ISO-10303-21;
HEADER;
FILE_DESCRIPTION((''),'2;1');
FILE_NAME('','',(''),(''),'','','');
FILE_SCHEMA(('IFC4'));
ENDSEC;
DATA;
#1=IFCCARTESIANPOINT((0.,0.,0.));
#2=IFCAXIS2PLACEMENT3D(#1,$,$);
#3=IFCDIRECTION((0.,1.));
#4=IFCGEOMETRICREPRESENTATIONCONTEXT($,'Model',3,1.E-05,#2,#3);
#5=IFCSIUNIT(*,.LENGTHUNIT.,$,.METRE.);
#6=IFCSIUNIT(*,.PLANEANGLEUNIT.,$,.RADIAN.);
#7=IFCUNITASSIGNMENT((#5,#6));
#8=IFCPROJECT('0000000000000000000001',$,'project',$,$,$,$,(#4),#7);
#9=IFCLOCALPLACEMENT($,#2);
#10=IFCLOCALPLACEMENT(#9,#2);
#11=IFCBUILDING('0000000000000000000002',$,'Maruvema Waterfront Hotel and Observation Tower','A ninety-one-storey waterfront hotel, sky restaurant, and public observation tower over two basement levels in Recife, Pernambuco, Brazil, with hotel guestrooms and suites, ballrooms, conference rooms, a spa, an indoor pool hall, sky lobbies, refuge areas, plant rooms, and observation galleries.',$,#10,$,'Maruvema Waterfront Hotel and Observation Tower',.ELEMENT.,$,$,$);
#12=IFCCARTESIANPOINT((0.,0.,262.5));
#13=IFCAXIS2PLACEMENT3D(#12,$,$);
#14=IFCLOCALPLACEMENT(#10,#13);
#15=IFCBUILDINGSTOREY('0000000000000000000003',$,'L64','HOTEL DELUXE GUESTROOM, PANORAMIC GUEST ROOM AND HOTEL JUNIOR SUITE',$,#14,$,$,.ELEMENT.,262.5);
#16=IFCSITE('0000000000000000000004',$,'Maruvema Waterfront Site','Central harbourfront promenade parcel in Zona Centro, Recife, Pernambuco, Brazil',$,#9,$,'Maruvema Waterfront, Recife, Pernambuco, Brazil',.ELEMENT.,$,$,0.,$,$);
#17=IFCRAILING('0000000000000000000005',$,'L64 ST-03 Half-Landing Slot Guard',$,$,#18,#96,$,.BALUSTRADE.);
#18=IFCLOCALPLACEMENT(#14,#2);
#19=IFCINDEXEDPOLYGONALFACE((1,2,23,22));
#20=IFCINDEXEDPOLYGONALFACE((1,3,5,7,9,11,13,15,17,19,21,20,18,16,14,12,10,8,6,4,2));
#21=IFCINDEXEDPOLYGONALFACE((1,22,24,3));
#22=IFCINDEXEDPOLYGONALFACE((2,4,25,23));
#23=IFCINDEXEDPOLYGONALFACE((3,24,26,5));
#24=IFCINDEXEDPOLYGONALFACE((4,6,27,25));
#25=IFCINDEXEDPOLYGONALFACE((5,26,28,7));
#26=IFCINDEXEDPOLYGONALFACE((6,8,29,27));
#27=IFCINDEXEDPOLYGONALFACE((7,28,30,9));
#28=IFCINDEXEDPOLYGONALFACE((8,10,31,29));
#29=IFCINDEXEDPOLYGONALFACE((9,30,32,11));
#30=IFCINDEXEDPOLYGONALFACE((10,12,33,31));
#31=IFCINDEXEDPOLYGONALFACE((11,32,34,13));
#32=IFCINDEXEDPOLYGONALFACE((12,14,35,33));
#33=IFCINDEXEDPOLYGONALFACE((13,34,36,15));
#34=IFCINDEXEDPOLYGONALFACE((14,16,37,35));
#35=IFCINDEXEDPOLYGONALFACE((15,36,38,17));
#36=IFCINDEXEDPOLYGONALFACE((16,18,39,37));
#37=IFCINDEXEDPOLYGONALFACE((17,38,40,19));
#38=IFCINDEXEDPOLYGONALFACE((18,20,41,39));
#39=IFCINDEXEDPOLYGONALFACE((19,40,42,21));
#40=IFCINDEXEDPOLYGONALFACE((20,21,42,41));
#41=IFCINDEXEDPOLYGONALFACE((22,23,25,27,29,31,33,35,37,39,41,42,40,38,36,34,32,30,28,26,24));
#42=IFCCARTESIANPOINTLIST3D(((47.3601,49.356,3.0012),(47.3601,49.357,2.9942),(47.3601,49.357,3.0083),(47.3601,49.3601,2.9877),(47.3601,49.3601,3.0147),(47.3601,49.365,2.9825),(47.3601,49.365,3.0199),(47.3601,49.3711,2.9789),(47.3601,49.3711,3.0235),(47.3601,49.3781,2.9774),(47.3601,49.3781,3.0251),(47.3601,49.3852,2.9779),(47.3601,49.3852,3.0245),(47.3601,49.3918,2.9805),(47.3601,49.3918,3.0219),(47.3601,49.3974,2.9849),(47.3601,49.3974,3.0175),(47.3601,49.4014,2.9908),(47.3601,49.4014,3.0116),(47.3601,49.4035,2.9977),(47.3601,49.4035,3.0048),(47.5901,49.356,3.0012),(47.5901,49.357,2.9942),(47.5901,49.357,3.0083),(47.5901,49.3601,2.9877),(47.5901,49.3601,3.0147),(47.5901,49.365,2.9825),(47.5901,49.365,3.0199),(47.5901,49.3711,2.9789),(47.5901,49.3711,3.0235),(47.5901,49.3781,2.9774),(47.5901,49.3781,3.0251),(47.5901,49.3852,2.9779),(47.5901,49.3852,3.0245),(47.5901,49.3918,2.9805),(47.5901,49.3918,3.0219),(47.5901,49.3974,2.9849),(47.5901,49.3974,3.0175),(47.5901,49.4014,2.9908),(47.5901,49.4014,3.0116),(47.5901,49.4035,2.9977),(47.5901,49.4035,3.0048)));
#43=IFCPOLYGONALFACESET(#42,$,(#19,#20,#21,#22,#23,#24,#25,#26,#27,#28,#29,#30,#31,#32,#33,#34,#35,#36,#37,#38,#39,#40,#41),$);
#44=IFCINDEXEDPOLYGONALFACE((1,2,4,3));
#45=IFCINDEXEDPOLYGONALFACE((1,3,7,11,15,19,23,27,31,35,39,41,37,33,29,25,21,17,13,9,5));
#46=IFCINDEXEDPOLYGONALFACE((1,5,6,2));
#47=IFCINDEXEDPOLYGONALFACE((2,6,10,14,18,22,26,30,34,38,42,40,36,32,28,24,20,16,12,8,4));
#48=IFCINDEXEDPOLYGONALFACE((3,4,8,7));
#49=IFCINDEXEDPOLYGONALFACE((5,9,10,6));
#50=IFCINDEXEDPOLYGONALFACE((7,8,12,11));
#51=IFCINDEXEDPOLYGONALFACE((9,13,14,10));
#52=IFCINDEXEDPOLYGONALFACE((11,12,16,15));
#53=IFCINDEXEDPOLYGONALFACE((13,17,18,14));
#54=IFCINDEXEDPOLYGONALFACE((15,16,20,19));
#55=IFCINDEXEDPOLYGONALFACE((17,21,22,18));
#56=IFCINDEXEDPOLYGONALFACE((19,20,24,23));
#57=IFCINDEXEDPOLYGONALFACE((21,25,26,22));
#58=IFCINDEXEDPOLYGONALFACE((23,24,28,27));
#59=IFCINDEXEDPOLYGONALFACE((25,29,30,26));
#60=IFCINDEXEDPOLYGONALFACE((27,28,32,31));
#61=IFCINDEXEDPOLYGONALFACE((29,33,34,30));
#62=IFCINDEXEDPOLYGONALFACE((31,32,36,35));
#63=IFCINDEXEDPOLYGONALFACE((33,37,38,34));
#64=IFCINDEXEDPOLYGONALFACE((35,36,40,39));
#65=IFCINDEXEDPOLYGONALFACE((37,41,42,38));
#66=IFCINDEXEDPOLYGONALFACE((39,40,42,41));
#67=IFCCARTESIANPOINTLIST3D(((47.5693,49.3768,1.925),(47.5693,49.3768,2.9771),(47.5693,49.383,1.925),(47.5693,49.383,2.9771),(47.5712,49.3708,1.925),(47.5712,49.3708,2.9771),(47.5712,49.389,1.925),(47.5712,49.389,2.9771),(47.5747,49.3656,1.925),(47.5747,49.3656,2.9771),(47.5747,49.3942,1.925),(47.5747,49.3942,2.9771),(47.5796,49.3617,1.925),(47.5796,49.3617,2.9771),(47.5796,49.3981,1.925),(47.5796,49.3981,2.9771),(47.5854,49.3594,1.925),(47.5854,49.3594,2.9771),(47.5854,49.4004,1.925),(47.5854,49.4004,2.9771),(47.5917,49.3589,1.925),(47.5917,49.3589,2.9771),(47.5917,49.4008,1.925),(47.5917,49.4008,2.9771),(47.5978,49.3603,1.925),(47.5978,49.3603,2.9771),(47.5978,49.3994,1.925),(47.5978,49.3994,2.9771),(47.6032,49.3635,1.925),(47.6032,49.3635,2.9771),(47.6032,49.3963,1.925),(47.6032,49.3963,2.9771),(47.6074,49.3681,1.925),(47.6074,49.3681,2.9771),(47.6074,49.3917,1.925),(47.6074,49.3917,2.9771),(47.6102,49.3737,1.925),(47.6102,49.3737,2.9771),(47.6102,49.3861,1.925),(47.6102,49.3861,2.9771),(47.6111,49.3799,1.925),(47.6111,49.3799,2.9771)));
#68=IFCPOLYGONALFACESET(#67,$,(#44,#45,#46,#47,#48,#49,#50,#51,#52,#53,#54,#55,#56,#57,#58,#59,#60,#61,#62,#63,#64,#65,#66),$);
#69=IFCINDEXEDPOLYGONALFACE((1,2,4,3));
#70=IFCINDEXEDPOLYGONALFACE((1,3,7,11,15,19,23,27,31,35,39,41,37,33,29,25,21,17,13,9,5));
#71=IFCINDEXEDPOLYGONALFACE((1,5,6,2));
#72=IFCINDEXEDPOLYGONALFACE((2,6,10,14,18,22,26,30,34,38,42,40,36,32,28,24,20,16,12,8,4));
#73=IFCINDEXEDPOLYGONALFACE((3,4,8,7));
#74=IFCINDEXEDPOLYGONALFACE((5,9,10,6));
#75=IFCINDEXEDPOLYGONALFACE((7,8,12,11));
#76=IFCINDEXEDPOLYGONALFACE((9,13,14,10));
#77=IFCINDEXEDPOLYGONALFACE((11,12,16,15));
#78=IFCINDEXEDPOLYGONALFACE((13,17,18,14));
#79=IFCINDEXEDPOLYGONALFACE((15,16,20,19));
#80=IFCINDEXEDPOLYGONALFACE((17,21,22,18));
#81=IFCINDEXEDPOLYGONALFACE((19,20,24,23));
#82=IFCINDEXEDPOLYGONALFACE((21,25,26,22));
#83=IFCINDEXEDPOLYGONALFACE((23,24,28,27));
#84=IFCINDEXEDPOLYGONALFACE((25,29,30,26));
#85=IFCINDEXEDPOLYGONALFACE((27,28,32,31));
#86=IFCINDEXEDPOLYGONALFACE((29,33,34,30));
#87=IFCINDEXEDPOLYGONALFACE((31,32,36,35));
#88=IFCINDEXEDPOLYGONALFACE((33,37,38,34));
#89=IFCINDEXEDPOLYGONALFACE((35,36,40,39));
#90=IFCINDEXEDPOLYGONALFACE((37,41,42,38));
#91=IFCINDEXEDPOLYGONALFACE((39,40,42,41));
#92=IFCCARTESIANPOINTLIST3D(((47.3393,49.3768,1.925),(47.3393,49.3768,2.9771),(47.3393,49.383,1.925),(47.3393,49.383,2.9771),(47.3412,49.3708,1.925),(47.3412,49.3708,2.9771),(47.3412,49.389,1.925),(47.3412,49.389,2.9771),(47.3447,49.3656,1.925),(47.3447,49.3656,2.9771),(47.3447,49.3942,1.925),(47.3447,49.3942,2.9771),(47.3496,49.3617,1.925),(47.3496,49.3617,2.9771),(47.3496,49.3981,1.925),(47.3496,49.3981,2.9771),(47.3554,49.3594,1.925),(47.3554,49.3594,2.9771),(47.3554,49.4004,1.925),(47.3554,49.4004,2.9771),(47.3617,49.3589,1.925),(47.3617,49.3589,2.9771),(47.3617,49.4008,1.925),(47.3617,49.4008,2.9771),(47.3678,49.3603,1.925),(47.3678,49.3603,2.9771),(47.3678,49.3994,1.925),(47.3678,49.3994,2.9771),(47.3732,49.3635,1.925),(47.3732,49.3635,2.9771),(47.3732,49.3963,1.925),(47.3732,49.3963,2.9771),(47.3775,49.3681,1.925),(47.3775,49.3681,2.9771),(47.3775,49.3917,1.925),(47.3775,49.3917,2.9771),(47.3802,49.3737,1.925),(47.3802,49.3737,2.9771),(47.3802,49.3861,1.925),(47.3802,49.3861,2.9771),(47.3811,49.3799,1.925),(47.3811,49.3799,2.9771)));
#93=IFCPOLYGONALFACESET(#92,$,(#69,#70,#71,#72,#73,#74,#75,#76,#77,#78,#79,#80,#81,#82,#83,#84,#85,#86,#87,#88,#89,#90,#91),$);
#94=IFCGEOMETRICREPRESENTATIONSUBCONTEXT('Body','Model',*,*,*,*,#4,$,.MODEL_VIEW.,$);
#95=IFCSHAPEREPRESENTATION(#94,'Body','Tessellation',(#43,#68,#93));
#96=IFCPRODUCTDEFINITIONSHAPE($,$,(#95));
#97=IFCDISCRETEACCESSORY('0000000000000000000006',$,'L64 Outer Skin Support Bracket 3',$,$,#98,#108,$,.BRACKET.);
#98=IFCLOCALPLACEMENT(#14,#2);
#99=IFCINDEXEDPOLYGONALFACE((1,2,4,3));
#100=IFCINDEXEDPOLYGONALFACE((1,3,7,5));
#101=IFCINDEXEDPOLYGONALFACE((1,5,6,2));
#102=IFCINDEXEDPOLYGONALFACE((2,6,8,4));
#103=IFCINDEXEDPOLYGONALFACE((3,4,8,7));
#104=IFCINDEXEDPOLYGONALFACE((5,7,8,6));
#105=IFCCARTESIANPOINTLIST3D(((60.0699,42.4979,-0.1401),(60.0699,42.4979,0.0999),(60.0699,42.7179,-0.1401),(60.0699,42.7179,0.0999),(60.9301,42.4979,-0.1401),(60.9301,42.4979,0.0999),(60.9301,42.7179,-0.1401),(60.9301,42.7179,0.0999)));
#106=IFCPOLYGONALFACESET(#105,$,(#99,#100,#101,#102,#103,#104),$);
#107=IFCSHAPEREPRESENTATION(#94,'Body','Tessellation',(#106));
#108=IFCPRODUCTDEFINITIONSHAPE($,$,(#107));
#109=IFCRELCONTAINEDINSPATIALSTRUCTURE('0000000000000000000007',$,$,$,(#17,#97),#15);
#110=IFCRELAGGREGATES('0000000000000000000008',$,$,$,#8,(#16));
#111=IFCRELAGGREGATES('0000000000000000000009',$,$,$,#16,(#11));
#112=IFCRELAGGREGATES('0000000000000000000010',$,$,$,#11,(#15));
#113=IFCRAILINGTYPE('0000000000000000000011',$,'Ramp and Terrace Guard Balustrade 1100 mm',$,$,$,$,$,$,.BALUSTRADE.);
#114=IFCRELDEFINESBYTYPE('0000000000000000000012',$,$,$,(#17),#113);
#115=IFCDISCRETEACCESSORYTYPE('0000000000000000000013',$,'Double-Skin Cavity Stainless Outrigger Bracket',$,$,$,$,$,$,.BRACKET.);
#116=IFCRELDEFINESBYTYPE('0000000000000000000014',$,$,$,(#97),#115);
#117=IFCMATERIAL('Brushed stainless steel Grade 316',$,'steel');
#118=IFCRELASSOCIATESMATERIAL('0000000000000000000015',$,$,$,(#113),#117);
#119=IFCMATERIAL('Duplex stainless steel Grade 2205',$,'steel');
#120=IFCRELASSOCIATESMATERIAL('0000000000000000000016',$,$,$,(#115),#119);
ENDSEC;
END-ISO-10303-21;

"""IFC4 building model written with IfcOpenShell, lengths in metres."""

from ifc_helpers import new_model, si_unit, direction, frame, origin, origin_2d, place, context, subcontext, project, spatial, rectangle, circle, extrude, material, type_object, element, save


model = new_model("IFC4")

# Units and contexts
model_context = context("Model", 3, precision=1e-05, world=origin(), true_north=direction((0.0, 1.0)))
body_context = subcontext(model_context, "Body", "Model", "MODEL_VIEW")
ifc_project = project(units=[si_unit("LENGTHUNIT", "METRE"), si_unit("PLANEANGLEUNIT", "RADIAN")], contexts=[model_context])

# Site, building, storey
site_placement = place(None, origin())
site = spatial("IfcSite", under=ifc_project, at=site_placement, Name="Maruvema Waterfront Site", Description="Central harbourfront promenade parcel in Zona Centro, Recife, Pernambuco, Brazil", LongName="Maruvema Waterfront, Recife, Pernambuco, Brazil", CompositionType="ELEMENT", RefElevation=0.0)
building_placement = place(site_placement, origin())
building = spatial("IfcBuilding", under=site, at=building_placement, Name="Maruvema Waterfront Hotel and Observation Tower", Description="A ninety-one-storey waterfront hotel, sky restaurant, and public observation tower over two basement levels in Recife, Pernambuco, Brazil, with hotel guestrooms and suites, ballrooms, conference rooms, a spa, an indoor pool hall, sky lobbies, refuge areas, plant rooms, and observation galleries.", LongName="Maruvema Waterfront Hotel and Observation Tower", CompositionType="ELEMENT")
storey_placement = place(building_placement, frame((0.0, 0.0, 262.5)))
storey = spatial("IfcBuildingStorey", under=building, at=storey_placement, Name="L64", Description="HOTEL DELUXE GUESTROOM, PANORAMIC GUEST ROOM AND HOTEL JUNIOR SUITE", CompositionType="ELEMENT", Elevation=262.5)

# Railing
ifc_material_1 = material(Name="Brushed stainless steel Grade 316", Category="steel")
railing_type_1 = type_object("IfcRailingType", Name="Ramp and Terrace Guard Balustrade 1100 mm", PredefinedType="BALUSTRADE", material=ifc_material_1)
railing_1_placement = place(storey_placement, frame((47.5901, 49.3799, 1.925)))
element("IfcRailing", 1, at=railing_1_placement, inside=storey, type_object=railing_type_1, Name="L64 ST-03 Half-Landing Slot Guard", PredefinedType="BALUSTRADE", context=body_context, shape_type="SweptSolid", body=[
    extrude(circle(Radius=0.0239, at=origin_2d()), frame((0.0, 0.0, 1.0762), z_axis=(-1.0, 0.0, 0.0), x_axis=(0.0, -1.0, 0.0)), (0.0, 0.0, 1.0), 0.23),
    extrude(circle(Radius=0.021, at=origin_2d()), origin(), (0.0, 0.0, 1.0), 1.052),
    extrude(circle(Radius=0.021, at=origin_2d()), frame((-0.23, 0.0, 0.0)), (0.0, 0.0, 1.0), 1.052),
])

# Discrete accessory
ifc_material_2 = material(Name="Duplex stainless steel Grade 2205", Category="steel")
discrete_accessory_type = type_object("IfcDiscreteAccessoryType", Name="Double-Skin Cavity Stainless Outrigger Bracket", PredefinedType="BRACKET", material=ifc_material_2)
discrete_accessory_placement = place(storey_placement, frame((60.5, 42.6079, -0.1401), z_axis=(0.0, 0.0, 1.0), x_axis=(0.0, 1.0, 0.0)))
element("IfcDiscreteAccessory", 2, at=discrete_accessory_placement, inside=storey, type_object=discrete_accessory_type, Name="L64 Outer Skin Support Bracket 3", PredefinedType="BRACKET", context=body_context, shape_type="SweptSolid", body=[
    extrude(rectangle(XDim=0.22, YDim=0.8601, at=origin_2d()), origin(), (0.0, 0.0, 1.0), 0.24),
])

save(model, "model.ifc")
